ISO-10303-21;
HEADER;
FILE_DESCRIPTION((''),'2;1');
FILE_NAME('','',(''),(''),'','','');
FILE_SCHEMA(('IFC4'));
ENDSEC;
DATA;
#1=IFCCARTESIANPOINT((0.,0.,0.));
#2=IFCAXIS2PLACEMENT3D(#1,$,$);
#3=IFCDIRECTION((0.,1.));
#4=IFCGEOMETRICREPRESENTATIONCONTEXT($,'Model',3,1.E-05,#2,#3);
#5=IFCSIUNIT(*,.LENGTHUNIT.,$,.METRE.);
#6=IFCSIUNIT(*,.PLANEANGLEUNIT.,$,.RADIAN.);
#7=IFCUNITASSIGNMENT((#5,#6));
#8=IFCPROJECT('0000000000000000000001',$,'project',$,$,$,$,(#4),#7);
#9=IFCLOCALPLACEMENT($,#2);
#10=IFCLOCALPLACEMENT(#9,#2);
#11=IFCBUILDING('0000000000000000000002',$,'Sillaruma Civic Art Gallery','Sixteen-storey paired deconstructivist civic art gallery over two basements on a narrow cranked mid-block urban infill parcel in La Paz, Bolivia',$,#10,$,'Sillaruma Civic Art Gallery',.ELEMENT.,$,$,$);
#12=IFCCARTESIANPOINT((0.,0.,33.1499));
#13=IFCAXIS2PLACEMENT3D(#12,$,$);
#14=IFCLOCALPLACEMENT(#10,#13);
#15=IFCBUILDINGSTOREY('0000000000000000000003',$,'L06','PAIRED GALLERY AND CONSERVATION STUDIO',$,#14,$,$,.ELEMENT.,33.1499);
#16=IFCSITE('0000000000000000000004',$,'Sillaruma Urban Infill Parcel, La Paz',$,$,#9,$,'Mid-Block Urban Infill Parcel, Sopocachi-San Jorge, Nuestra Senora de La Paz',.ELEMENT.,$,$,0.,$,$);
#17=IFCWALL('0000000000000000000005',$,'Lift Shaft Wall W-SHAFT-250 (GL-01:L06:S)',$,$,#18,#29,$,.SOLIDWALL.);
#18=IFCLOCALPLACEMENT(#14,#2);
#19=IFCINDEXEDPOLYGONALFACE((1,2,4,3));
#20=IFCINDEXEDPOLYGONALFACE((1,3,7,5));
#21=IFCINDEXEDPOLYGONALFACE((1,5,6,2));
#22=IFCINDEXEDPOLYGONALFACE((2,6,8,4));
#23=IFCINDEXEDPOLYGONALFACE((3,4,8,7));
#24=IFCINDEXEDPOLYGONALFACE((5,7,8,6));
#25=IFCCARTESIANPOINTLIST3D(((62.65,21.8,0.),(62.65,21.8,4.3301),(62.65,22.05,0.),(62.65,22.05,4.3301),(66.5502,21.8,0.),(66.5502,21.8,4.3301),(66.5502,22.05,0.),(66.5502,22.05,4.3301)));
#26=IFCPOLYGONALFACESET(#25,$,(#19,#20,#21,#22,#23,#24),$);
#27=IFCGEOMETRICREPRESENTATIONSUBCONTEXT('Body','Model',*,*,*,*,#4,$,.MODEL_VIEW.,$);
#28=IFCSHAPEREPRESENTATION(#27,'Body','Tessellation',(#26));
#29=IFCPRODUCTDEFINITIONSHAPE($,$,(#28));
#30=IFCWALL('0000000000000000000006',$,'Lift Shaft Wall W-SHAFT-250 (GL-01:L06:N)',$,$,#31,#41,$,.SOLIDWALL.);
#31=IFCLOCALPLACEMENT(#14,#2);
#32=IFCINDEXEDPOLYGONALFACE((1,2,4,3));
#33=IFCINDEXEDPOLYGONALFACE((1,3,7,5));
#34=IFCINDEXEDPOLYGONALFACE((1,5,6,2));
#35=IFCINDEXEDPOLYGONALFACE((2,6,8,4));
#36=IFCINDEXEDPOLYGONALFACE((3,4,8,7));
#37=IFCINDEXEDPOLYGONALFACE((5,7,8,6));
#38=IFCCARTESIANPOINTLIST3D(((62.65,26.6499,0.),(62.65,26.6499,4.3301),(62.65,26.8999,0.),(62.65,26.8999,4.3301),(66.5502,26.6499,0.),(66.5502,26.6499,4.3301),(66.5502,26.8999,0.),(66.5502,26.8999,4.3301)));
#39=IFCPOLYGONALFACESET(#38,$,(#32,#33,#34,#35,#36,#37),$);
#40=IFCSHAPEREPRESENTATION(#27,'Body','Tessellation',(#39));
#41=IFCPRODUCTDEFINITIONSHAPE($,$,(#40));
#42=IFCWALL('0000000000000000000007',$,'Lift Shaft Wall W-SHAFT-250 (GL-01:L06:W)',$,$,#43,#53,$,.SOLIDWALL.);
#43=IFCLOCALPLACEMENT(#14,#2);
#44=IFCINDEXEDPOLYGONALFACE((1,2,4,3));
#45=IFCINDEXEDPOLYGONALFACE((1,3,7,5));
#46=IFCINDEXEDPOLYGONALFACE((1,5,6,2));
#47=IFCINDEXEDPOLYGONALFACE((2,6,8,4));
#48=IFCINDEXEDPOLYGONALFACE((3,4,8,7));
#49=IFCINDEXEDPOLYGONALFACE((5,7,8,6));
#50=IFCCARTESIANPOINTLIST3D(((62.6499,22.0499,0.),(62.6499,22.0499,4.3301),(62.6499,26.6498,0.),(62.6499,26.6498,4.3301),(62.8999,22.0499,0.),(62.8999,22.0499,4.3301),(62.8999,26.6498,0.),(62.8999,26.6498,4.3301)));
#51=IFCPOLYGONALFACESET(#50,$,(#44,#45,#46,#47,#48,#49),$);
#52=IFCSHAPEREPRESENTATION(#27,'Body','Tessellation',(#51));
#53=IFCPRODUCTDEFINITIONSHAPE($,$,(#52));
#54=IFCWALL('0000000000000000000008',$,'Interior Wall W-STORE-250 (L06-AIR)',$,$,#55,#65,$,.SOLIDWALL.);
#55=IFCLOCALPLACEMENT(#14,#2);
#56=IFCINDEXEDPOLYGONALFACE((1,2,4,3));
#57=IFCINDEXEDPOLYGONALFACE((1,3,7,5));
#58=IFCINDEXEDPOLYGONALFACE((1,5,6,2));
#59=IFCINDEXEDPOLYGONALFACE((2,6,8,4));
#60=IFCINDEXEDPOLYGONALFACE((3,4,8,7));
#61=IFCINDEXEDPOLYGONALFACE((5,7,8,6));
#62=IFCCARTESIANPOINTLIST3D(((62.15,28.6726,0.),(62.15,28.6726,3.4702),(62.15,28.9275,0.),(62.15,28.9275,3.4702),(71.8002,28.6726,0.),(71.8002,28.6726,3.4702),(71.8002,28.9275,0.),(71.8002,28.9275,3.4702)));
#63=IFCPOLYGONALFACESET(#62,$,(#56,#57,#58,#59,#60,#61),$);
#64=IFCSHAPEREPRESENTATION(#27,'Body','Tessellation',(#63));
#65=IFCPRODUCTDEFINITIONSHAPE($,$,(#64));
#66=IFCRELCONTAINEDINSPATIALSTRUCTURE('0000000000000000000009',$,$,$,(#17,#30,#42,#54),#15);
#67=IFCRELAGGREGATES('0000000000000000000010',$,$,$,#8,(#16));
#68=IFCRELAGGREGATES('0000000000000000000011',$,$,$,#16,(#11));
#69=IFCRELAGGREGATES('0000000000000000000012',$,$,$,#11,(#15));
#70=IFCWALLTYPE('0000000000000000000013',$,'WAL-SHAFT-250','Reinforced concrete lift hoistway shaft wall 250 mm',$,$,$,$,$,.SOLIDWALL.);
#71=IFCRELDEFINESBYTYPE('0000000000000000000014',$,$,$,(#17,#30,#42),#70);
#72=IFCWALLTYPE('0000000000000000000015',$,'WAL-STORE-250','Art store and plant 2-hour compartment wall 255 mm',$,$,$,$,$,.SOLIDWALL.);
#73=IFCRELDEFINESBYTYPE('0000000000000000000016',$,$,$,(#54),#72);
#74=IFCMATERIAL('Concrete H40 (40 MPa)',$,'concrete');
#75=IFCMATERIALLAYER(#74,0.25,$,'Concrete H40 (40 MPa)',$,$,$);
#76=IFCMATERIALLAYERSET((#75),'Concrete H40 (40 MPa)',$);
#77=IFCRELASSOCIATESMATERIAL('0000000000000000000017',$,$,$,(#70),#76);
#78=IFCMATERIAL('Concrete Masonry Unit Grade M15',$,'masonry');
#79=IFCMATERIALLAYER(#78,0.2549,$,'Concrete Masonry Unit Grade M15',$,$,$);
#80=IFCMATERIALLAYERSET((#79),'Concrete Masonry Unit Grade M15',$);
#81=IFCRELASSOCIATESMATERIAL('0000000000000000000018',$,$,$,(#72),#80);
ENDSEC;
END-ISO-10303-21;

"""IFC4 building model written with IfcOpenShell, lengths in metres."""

from ifc_helpers import new_model, si_unit, direction, frame, frame_2d, origin, place, context, subcontext, project, spatial, rectangle, extrude, material, layer, layer_set, type_object, element, save


model = new_model("IFC4")

# Units and contexts
model_context = context("Model", 3, precision=1e-05, world=origin(), true_north=direction((0.0, 1.0)))
body_context = subcontext(model_context, "Body", "Model", "MODEL_VIEW")
ifc_project = project(units=[si_unit("LENGTHUNIT", "METRE"), si_unit("PLANEANGLEUNIT", "RADIAN")], contexts=[model_context])

# Site, building, storey
site_placement = place(None, origin())
site = spatial("IfcSite", under=ifc_project, at=site_placement, Name="Sillaruma Urban Infill Parcel, La Paz", LongName="Mid-Block Urban Infill Parcel, Sopocachi-San Jorge, Nuestra Senora de La Paz", CompositionType="ELEMENT", RefElevation=0.0)
building_placement = place(site_placement, origin())
building = spatial("IfcBuilding", under=site, at=building_placement, Name="Sillaruma Civic Art Gallery", Description="Sixteen-storey paired deconstructivist civic art gallery over two basements on a narrow cranked mid-block urban infill parcel in La Paz, Bolivia", LongName="Sillaruma Civic Art Gallery", CompositionType="ELEMENT")
storey_placement = place(building_placement, frame((0.0, 0.0, 33.1499)))
storey = spatial("IfcBuildingStorey", under=building, at=storey_placement, Name="L06", Description="PAIRED GALLERY AND CONSERVATION STUDIO", CompositionType="ELEMENT", Elevation=33.1499)

# Shared definitions
ifc_material_1 = material(Name="Concrete H40 (40 MPa)", Category="concrete")

# Walls
ifc_layer_1 = layer(ifc_material_1, 0.25, Name="Concrete H40 (40 MPa)")
ifc_layer_set_1 = layer_set([ifc_layer_1], Name="Concrete H40 (40 MPa)")
wall_type_1 = type_object("IfcWallType", Name="WAL-SHAFT-250", Description="Reinforced concrete lift hoistway shaft wall 250 mm", PredefinedType="SOLIDWALL", material=ifc_layer_set_1)
for number, where, z_axis, x_axis, name in (
    (1, (62.6499, 21.925, 0.0), (0.0, 0.0, 1.0), (1.0, 0.0, 0.0), "Lift Shaft Wall W-SHAFT-250 (GL-01:L06:S)"),
    (2, (62.6499, 26.7749, 0.0), (0.0, 0.0, 1.0), (1.0, 0.0, 0.0), "Lift Shaft Wall W-SHAFT-250 (GL-01:L06:N)"),
):
    element("IfcWall", number, at=place(storey_placement, frame(where, z_axis=z_axis, x_axis=x_axis)), inside=storey, type_object=wall_type_1, Name=name, PredefinedType="SOLIDWALL", context=body_context, shape_type="SweptSolid", body=[
        extrude(rectangle(XDim=3.9001, YDim=0.25, at=frame_2d((1.9502, 0.0))), origin(), (0.0, 0.0, 1.0), 4.3301),
    ])
wall_1_placement = place(storey_placement, frame((62.7749, 22.05, 0.0), z_axis=(0.0, 0.0, 1.0), x_axis=(0.0, 1.0, 0.0)))
element("IfcWall", 3, at=wall_1_placement, inside=storey, type_object=wall_type_1, Name="Lift Shaft Wall W-SHAFT-250 (GL-01:L06:W)", PredefinedType="SOLIDWALL", context=body_context, shape_type="SweptSolid", body=[
    extrude(rectangle(XDim=4.5999, YDim=0.25, at=frame_2d((2.2998, 0.0))), origin(), (0.0, 0.0, 1.0), 4.3301),
])
ifc_material_2 = material(Name="Concrete Masonry Unit Grade M15", Category="masonry")
ifc_layer_2 = layer(ifc_material_2, 0.2549, Name="Concrete Masonry Unit Grade M15")
ifc_layer_set_2 = layer_set([ifc_layer_2], Name="Concrete Masonry Unit Grade M15")
wall_type_2 = type_object("IfcWallType", Name="WAL-STORE-250", Description="Art store and plant 2-hour compartment wall 255 mm", PredefinedType="SOLIDWALL", material=ifc_layer_set_2)
wall_2_placement = place(storey_placement, frame((62.1499, 28.8, 0.0), z_axis=(0.0, 0.0, 1.0), x_axis=(1.0, 0.0, 0.0)))
element("IfcWall", 4, at=wall_2_placement, inside=storey, type_object=wall_type_2, Name="Interior Wall W-STORE-250 (L06-AIR)", PredefinedType="SOLIDWALL", context=body_context, shape_type="SweptSolid", body=[
    extrude(rectangle(XDim=9.6501, YDim=0.2549, at=frame_2d((4.8252, 0.0))), origin(), (0.0, 0.0, 1.0), 3.4702),
])

save(model, "model.ifc")
